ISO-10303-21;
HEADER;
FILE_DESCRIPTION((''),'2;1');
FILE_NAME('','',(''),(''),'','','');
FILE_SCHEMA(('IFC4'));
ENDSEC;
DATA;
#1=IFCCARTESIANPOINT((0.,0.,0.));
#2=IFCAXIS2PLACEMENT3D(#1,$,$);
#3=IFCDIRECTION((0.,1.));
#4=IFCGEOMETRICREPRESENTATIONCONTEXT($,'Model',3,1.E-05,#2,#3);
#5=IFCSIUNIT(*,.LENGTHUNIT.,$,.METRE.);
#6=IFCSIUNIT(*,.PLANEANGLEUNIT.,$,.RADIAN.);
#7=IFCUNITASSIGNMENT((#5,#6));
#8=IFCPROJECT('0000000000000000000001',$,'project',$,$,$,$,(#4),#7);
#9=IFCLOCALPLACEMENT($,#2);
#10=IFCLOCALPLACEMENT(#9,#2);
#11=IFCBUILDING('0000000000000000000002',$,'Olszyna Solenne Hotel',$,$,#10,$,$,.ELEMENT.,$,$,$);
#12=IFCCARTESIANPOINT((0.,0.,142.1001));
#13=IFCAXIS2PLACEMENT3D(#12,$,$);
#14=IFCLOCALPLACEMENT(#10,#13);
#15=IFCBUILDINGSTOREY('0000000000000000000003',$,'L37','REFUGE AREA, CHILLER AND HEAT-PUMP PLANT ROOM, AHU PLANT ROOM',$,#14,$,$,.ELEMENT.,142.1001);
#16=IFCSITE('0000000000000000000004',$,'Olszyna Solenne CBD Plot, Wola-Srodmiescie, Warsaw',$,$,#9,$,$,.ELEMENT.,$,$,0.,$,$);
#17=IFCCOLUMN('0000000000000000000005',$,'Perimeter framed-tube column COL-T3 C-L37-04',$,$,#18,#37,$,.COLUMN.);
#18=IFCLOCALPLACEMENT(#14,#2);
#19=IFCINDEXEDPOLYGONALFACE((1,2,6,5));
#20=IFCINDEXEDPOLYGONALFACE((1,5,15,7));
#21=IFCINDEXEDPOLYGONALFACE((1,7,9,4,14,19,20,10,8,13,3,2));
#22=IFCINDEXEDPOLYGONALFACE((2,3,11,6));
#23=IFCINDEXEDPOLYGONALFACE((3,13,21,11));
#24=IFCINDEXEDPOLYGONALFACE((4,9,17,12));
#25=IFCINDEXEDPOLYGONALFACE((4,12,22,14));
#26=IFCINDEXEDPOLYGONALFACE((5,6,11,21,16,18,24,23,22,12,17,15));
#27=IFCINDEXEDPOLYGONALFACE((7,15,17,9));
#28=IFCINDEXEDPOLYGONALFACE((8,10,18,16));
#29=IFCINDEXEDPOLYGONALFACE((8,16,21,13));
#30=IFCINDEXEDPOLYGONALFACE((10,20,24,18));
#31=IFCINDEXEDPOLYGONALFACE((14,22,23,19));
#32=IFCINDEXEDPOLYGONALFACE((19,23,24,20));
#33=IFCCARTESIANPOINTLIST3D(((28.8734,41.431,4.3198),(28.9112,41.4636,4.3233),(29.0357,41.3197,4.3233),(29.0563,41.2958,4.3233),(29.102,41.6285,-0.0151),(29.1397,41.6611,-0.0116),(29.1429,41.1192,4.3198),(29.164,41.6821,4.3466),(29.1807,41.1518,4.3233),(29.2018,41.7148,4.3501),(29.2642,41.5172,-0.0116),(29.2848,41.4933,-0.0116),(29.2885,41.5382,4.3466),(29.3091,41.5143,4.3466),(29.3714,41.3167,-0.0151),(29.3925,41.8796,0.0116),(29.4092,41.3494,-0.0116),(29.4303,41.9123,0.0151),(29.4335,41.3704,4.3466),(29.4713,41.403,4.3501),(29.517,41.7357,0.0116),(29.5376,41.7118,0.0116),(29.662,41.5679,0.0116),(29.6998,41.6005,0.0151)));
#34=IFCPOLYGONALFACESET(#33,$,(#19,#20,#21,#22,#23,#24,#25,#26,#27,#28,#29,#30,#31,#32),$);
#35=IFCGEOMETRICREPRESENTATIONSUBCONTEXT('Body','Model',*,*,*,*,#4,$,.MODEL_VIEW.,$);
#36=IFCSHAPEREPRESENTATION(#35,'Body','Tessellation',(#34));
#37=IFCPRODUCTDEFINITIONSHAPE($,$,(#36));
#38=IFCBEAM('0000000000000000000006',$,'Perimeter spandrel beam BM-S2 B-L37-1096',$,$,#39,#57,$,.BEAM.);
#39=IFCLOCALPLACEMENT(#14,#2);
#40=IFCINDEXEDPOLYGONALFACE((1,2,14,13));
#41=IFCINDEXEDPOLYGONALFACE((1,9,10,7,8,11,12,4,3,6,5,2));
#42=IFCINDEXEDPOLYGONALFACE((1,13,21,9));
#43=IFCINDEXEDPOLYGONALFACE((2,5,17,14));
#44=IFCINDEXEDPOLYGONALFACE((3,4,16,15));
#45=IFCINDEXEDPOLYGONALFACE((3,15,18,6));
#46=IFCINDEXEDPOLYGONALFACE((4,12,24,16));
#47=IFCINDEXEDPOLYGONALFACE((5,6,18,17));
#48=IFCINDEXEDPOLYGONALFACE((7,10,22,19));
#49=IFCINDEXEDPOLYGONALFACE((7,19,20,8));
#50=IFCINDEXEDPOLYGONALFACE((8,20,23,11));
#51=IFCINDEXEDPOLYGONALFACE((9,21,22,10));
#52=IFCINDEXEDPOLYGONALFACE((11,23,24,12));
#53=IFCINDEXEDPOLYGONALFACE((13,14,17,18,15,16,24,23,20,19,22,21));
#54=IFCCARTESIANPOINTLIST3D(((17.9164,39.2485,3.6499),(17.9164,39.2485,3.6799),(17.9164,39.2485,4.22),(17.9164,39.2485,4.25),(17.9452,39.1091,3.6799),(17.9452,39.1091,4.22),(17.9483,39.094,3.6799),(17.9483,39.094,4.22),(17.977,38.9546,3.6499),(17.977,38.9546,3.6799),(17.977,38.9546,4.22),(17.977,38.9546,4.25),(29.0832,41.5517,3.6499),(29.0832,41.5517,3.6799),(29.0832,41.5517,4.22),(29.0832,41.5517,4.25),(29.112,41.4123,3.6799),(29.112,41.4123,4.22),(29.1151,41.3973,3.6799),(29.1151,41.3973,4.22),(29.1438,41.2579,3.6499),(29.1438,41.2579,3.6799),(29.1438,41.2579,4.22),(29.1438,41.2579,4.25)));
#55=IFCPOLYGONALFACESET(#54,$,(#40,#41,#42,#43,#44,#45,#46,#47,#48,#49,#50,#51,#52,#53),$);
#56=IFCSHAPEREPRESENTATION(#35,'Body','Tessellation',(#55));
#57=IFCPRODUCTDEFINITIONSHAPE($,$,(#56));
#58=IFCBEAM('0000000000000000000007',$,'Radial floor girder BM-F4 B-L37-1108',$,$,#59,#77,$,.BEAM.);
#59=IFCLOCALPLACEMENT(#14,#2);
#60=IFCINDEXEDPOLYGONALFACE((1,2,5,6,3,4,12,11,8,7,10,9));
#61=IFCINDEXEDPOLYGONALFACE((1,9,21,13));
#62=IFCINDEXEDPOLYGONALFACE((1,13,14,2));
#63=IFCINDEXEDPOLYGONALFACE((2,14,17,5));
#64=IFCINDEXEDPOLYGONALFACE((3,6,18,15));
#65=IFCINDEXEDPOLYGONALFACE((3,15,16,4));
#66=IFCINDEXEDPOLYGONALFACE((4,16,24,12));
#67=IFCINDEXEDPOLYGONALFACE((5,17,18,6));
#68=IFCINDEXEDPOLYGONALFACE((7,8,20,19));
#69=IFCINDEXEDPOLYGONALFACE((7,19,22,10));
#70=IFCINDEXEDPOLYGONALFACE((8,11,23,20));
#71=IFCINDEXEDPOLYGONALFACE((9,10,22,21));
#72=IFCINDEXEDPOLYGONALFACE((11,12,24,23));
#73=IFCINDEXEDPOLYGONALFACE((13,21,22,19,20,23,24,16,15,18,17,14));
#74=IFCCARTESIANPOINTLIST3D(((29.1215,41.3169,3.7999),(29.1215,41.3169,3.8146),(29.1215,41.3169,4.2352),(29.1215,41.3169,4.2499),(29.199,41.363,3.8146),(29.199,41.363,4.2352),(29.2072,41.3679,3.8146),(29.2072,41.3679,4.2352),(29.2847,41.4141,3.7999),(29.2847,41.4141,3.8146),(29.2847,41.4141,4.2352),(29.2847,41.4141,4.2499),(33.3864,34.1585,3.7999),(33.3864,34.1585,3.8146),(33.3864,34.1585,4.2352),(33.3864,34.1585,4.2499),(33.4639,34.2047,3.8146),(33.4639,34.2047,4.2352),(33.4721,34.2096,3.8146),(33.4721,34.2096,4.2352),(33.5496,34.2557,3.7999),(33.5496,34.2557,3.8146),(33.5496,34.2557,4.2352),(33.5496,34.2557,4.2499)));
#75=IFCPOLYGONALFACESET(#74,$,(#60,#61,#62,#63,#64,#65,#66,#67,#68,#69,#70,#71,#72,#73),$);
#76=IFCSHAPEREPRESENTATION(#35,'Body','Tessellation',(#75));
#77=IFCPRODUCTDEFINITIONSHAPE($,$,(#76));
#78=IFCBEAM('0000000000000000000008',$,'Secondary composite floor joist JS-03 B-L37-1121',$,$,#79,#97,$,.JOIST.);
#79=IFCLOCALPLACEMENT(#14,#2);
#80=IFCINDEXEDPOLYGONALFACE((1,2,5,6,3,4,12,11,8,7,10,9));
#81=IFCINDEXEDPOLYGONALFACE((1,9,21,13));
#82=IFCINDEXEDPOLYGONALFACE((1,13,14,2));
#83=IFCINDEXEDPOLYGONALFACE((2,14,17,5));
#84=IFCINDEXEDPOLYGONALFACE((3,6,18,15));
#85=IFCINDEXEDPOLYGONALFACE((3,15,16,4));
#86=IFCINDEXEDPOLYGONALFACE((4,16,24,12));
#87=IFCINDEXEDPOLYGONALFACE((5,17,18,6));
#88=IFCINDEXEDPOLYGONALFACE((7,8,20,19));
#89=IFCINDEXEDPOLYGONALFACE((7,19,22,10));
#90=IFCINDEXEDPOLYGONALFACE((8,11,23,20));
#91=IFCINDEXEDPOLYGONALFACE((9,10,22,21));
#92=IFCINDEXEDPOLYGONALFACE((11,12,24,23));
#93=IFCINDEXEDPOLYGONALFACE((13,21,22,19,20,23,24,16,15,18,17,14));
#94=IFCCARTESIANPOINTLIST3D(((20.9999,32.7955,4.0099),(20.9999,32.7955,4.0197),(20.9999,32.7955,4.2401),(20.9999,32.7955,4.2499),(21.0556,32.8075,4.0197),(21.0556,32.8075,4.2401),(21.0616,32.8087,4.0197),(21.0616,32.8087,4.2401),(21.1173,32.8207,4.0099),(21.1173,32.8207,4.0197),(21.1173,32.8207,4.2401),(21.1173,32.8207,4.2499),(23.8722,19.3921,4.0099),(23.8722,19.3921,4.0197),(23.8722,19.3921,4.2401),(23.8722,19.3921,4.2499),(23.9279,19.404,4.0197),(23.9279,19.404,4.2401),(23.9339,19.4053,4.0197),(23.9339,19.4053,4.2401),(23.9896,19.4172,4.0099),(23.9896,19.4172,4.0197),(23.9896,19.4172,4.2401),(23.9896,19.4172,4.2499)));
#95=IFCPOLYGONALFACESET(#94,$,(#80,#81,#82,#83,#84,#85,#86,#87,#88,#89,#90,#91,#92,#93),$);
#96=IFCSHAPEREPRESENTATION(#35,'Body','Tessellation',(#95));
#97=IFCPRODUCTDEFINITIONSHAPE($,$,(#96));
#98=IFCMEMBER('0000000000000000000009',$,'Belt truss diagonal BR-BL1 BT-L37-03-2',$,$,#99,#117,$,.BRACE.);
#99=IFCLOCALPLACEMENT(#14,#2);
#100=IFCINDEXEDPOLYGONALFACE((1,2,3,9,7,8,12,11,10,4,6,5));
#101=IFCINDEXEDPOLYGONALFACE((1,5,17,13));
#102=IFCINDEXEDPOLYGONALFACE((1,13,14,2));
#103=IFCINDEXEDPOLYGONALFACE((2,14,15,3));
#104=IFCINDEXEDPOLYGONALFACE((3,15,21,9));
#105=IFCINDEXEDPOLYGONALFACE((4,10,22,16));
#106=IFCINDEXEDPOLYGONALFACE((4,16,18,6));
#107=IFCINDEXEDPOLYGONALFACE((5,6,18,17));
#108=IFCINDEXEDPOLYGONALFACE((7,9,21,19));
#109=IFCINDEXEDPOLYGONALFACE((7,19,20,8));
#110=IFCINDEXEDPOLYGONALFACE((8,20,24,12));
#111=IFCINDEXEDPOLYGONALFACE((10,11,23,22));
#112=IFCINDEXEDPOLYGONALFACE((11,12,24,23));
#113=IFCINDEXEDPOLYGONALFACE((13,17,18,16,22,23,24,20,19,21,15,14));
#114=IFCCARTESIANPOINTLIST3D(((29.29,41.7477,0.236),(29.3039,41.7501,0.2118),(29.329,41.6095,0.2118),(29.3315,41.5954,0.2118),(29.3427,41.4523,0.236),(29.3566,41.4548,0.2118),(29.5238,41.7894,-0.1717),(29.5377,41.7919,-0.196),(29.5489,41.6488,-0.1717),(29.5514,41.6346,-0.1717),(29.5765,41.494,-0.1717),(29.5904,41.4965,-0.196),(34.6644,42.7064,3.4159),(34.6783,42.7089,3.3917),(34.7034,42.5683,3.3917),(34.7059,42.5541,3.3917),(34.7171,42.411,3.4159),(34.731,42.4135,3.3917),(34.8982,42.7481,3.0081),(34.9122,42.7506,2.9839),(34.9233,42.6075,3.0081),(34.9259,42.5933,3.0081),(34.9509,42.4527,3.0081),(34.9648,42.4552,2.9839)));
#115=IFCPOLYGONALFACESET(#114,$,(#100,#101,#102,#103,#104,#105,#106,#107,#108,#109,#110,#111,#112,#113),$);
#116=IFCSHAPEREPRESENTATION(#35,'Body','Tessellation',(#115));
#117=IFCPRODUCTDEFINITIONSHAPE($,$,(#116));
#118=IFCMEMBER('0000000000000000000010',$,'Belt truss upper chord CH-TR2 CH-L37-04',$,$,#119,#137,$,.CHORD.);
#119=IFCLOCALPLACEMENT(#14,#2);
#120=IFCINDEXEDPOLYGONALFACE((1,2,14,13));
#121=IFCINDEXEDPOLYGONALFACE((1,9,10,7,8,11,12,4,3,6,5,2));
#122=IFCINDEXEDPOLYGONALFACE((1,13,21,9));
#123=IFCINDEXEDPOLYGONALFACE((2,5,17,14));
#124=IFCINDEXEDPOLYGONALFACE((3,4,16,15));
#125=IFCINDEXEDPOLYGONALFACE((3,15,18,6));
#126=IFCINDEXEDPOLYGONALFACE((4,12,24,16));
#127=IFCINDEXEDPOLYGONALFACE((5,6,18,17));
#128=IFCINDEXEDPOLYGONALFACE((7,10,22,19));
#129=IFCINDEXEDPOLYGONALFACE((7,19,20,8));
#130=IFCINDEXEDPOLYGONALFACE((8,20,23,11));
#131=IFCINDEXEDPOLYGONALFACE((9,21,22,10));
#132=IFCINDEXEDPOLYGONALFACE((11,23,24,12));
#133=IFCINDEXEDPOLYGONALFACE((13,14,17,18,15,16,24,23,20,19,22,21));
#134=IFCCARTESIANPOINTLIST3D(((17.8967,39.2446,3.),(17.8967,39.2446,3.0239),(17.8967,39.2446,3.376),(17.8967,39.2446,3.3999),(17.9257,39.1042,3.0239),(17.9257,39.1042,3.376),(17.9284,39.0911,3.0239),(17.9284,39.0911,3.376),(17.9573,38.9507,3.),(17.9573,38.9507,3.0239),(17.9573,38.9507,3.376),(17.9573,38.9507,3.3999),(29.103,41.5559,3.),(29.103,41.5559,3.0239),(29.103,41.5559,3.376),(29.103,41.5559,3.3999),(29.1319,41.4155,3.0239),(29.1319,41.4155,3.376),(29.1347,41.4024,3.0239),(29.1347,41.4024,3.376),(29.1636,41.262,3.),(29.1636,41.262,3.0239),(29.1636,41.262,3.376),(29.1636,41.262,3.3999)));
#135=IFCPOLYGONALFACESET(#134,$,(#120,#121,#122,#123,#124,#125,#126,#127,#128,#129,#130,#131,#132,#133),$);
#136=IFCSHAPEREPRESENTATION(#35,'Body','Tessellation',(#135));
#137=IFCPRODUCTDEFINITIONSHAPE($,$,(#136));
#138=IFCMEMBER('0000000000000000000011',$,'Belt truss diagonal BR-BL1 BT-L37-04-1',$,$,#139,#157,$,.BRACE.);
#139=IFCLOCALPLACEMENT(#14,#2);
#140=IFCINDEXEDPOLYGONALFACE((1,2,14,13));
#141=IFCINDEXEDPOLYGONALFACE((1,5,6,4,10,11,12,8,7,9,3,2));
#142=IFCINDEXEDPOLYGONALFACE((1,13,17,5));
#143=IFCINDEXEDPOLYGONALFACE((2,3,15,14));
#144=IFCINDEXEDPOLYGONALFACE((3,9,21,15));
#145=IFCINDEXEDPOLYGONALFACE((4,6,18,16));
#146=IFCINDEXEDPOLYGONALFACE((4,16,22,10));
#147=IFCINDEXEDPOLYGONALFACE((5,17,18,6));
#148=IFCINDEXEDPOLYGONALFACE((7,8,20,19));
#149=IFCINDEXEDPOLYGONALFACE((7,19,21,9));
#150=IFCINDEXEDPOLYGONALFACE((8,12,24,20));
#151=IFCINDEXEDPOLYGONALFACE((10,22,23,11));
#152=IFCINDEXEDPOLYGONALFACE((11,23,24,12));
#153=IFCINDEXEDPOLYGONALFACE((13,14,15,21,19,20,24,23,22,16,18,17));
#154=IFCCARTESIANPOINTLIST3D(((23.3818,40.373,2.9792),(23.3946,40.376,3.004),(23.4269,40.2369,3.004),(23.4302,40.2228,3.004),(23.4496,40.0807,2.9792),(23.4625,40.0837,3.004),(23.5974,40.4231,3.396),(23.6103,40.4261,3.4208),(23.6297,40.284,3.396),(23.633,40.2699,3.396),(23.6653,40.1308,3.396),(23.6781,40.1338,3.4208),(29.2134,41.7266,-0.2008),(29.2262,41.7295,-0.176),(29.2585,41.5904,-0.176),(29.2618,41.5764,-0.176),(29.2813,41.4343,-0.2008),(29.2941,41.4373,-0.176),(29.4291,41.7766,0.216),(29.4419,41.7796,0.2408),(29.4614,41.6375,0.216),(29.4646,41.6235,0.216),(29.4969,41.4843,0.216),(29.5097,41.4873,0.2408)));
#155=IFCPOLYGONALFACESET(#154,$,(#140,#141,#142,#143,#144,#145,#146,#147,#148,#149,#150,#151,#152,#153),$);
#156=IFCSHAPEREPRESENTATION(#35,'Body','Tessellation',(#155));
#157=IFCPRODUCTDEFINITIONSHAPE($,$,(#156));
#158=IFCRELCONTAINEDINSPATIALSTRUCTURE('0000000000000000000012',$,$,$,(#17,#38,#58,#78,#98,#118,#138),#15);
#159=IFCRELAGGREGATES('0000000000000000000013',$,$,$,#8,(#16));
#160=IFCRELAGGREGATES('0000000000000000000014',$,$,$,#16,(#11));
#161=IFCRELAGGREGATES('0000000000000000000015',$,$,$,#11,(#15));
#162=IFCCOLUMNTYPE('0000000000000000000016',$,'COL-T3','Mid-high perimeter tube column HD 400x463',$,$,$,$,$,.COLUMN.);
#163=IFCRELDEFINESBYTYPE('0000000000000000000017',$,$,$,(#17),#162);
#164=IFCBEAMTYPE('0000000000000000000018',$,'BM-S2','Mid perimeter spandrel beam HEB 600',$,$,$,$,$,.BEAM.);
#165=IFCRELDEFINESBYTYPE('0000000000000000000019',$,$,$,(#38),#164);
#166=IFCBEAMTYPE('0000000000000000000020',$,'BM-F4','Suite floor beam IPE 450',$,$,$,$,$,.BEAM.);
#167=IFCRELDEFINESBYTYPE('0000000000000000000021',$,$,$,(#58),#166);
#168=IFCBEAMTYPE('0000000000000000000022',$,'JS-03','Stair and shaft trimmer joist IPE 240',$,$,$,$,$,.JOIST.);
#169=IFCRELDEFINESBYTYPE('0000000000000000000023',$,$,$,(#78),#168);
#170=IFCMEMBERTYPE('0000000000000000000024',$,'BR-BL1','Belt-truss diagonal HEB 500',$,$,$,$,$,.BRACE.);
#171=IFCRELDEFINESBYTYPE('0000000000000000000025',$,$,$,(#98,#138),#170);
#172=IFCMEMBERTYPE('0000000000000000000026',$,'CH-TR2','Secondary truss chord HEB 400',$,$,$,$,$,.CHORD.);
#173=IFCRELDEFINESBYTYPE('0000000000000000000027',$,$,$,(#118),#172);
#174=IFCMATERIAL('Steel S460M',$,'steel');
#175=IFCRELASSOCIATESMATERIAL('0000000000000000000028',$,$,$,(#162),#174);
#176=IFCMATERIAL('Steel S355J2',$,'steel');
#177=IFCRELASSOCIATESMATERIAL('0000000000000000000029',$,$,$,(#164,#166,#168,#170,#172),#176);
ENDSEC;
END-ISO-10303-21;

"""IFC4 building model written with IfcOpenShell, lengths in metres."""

from ifc_helpers import new_model, si_unit, direction, frame, origin, origin_2d, place, context, subcontext, project, spatial, i_section, extrude, source, transform, mapped, material, material_profile, profile_set, type_object, element, save


model = new_model("IFC4")

# Units and contexts
model_context = context("Model", 3, precision=1e-05, world=origin(), true_north=direction((0.0, 1.0)))
body_context = subcontext(model_context, "Body", "Model", "MODEL_VIEW")
ifc_project = project(units=[si_unit("LENGTHUNIT", "METRE"), si_unit("PLANEANGLEUNIT", "RADIAN")], contexts=[model_context])

# Site, building, storey
site_placement = place(None, origin())
site = spatial("IfcSite", under=ifc_project, at=site_placement, Name="Olszyna Solenne CBD Plot, Wola-Srodmiescie, Warsaw", CompositionType="ELEMENT", RefElevation=0.0)
building_placement = place(site_placement, origin())
building = spatial("IfcBuilding", under=site, at=building_placement, Name="Olszyna Solenne Hotel", CompositionType="ELEMENT")
storey_placement = place(building_placement, frame((0.0, 0.0, 142.1001)))
storey = spatial("IfcBuildingStorey", under=building, at=storey_placement, Name="L37", Description="REFUGE AREA, CHILLER AND HEAT-PUMP PLANT ROOM, AHU PLANT ROOM", CompositionType="ELEMENT", Elevation=142.1001)

# Column
ifc_material_1 = material(Name="Steel S460M", Category="steel")
ifc_material_profile_1 = material_profile(ifc_material_1, i_section(OverallWidth=0.4121, OverallDepth=0.4351, WebThickness=0.0315, FlangeThickness=0.05, at=origin_2d()), Name="HD 400x463", Category="load-bearing")
ifc_profile_set_1 = profile_set([ifc_material_profile_1], Name="Steel S460M")
column_type = type_object("IfcColumnType", Name="COL-T3", Description="Mid-high perimeter tube column HD 400x463", PredefinedType="COLUMN", material=ifc_profile_set_1)
shared_shape_1 = source(origin(), body_context, "Body", "SweptSolid", [
    extrude(i_section(OverallWidth=0.4121, OverallDepth=0.4351, WebThickness=0.0315, FlangeThickness=0.05, at=origin_2d()), origin(), (0.0, 0.0, 1.0), 4.3455),
])
column_placement = place(storey_placement, frame((29.4009, 41.6145, 0.0), z_axis=(-0.052587, -0.045452, 0.997581), x_axis=(0.653914, -0.756569, 0.0)))
element("IfcColumn", 1, at=column_placement, inside=storey, type_object=column_type, Name="Perimeter framed-tube column COL-T3 C-L37-04", PredefinedType="COLUMN", context=body_context, shape_type="MappedRepresentation", body=[
    mapped(shared_shape_1, transform((0.0, 0.0, 0.0), x_axis=(1.0, 0.0, 0.0), y_axis=(0.0, 1.0, 0.0), z_axis=(0.0, 0.0, 1.0), scale=1.0)),
])

# Beams
ifc_material_2 = material(Name="Steel S355J2", Category="steel")
ifc_material_profile_2 = material_profile(ifc_material_2, i_section(OverallWidth=0.3, OverallDepth=0.6001, WebThickness=0.0154, FlangeThickness=0.03, at=origin_2d()), Name="HEB 600", Category="load-bearing")
ifc_profile_set_2 = profile_set([ifc_material_profile_2], Name="Steel S355J2")
beam_type_1 = type_object("IfcBeamType", Name="BM-S2", Description="Mid perimeter spandrel beam HEB 600", PredefinedType="BEAM", material=ifc_profile_set_2)
shared_shape_2 = source(origin(), body_context, "Body", "SweptSolid", [
    extrude(i_section(OverallWidth=0.3, OverallDepth=0.6001, WebThickness=0.0154, FlangeThickness=0.03, at=origin_2d()), origin(), (0.0, 0.0, 1.0), 11.4019),
])
beam_1_placement = place(storey_placement, frame((29.1135, 41.4048, 3.95), z_axis=(-0.979384, -0.202005, 0.0), x_axis=(0.202005, -0.979384, 0.0)))
element("IfcBeam", 2, at=beam_1_placement, inside=storey, type_object=beam_type_1, Name="Perimeter spandrel beam BM-S2 B-L37-1096", PredefinedType="BEAM", context=body_context, shape_type="MappedRepresentation", body=[
    mapped(shared_shape_2, transform((0.0, 0.0, 0.0), x_axis=(1.0, 0.0, 0.0), y_axis=(0.0, 1.0, 0.0), z_axis=(0.0, 0.0, 1.0), scale=1.0)),
])
ifc_material_profile_3 = material_profile(ifc_material_2, i_section(OverallWidth=0.1899, OverallDepth=0.45, WebThickness=0.0095, FlangeThickness=0.0146, at=origin_2d()), Name="IPE 450", Category="load-bearing")
ifc_profile_set_3 = profile_set([ifc_material_profile_3], Name="Steel S355J2")
beam_type_2 = type_object("IfcBeamType", Name="BM-F4", Description="Suite floor beam IPE 450", PredefinedType="BEAM", material=ifc_profile_set_3)
shared_shape_3 = source(origin(), body_context, "Body", "SweptSolid", [
    extrude(i_section(OverallWidth=0.1899, OverallDepth=0.45, WebThickness=0.0095, FlangeThickness=0.0146, at=origin_2d()), origin(), (0.0, 0.0, 1.0), 8.3325),
])
beam_2_placement = place(storey_placement, frame((29.2031, 41.3655, 4.0249), z_axis=(0.51183, -0.859086, 0.0), x_axis=(0.859086, 0.51183, 0.0)))
element("IfcBeam", 3, at=beam_2_placement, inside=storey, type_object=beam_type_2, Name="Radial floor girder BM-F4 B-L37-1108", PredefinedType="BEAM", context=body_context, shape_type="MappedRepresentation", body=[
    mapped(shared_shape_3, transform((0.0, 0.0, 0.0), x_axis=(1.0, 0.0, 0.0), y_axis=(0.0, 1.0, 0.0), z_axis=(0.0, 0.0, 1.0), scale=1.0)),
])
ifc_material_profile_4 = material_profile(ifc_material_2, i_section(OverallWidth=0.1201, OverallDepth=0.24, WebThickness=0.0061, FlangeThickness=0.0098, at=origin_2d()), Name="IPE 240", Category="load-bearing")
ifc_profile_set_4 = profile_set([ifc_material_profile_4], Name="Steel S355J2")
beam_type_3 = type_object("IfcBeamType", Name="JS-03", Description="Stair and shaft trimmer joist IPE 240", PredefinedType="JOIST", material=ifc_profile_set_4)
shared_shape_4 = source(origin(), body_context, "Body", "SweptSolid", [
    extrude(i_section(OverallWidth=0.1201, OverallDepth=0.24, WebThickness=0.0061, FlangeThickness=0.0098, at=origin_2d()), origin(), (0.0, 0.0, 1.0), 13.7078),
])
beam_3_placement = place(storey_placement, frame((21.0586, 32.8081, 4.1299), z_axis=(0.209538, -0.977801, 0.0), x_axis=(0.977801, 0.209538, 0.0)))
element("IfcBeam", 4, at=beam_3_placement, inside=storey, type_object=beam_type_3, Name="Secondary composite floor joist JS-03 B-L37-1121", PredefinedType="JOIST", context=body_context, shape_type="MappedRepresentation", body=[
    mapped(shared_shape_4, transform((0.0, 0.0, 0.0), x_axis=(1.0, 0.0, 0.0), y_axis=(0.0, 1.0, 0.0), z_axis=(0.0, 0.0, 1.0), scale=1.0)),
])

# Members
ifc_material_profile_5 = material_profile(ifc_material_2, i_section(OverallWidth=0.3, OverallDepth=0.5, WebThickness=0.0144, FlangeThickness=0.0281, at=origin_2d()), Name="HEB 500", Category="load-bearing")
ifc_profile_set_5 = profile_set([ifc_material_profile_5], Name="Steel S355J2")
member_type_1 = type_object("IfcMemberType", Name="BR-BL1", Description="Belt-truss diagonal HEB 500", PredefinedType="BRACE", material=ifc_profile_set_5)
shared_shape_5 = source(origin(), body_context, "Body", "SweptSolid", [
    extrude(i_section(OverallWidth=0.3, OverallDepth=0.5, WebThickness=0.0144, FlangeThickness=0.0281, at=origin_2d()), origin(), (0.0, 0.0, 1.0), 6.3179),
])
member_1_placement = place(storey_placement, frame((29.4402, 41.6221, 0.02), z_axis=(0.850673, 0.151749, 0.503317), x_axis=(-0.175614, 0.984459, 0.0)))
element("IfcMember", 5, at=member_1_placement, inside=storey, type_object=member_type_1, Name="Belt truss diagonal BR-BL1 BT-L37-03-2", PredefinedType="BRACE", context=body_context, shape_type="MappedRepresentation", body=[
    mapped(shared_shape_5, transform((0.0, 0.0, 0.0), x_axis=(1.0, 0.0, 0.0), y_axis=(0.0, 1.0, 0.0), z_axis=(0.0, 0.0, 1.0), scale=1.0)),
])
ifc_material_profile_6 = material_profile(ifc_material_2, i_section(OverallWidth=0.3, OverallDepth=0.3999, WebThickness=0.0134, FlangeThickness=0.0239, at=origin_2d()), Name="HEB 400", Category="load-bearing")
ifc_profile_set_6 = profile_set([ifc_material_profile_6], Name="Steel S355J2")
member_type_2 = type_object("IfcMemberType", Name="CH-TR2", Description="Secondary truss chord HEB 400", PredefinedType="CHORD", material=ifc_profile_set_6)
shared_shape_6 = source(origin(), body_context, "Body", "SweptSolid", [
    extrude(i_section(OverallWidth=0.3, OverallDepth=0.3999, WebThickness=0.0134, FlangeThickness=0.0239, at=origin_2d()), origin(), (0.0, 0.0, 1.0), 11.4421),
])
member_2_placement = place(storey_placement, frame((29.1333, 41.4089, 3.2), z_axis=(-0.979386, -0.201997, 0.0), x_axis=(0.201997, -0.979386, 0.0)))
element("IfcMember", 6, at=member_2_placement, inside=storey, type_object=member_type_2, Name="Belt truss upper chord CH-TR2 CH-L37-04", PredefinedType="CHORD", context=body_context, shape_type="MappedRepresentation", body=[
    mapped(shared_shape_6, transform((0.0, 0.0, 0.0), x_axis=(1.0, 0.0, 0.0), y_axis=(0.0, 1.0, 0.0), z_axis=(0.0, 0.0, 1.0), scale=1.0)),
])
shared_shape_7 = source(origin(), body_context, "Body", "SweptSolid", [
    extrude(i_section(OverallWidth=0.3, OverallDepth=0.5, WebThickness=0.0144, FlangeThickness=0.0281, at=origin_2d()), origin(), (0.0, 0.0, 1.0), 6.7788),
])
member_3_placement = place(storey_placement, frame((29.3616, 41.6069, 0.02), z_axis=(-0.860274, -0.199672, 0.469106), x_axis=(0.226092, -0.974106, 0.0)))
element("IfcMember", 7, at=member_3_placement, inside=storey, type_object=member_type_1, Name="Belt truss diagonal BR-BL1 BT-L37-04-1", PredefinedType="BRACE", context=body_context, shape_type="MappedRepresentation", body=[
    mapped(shared_shape_7, transform((0.0, 0.0, 0.0), x_axis=(1.0, 0.0, 0.0), y_axis=(0.0, 1.0, 0.0), z_axis=(0.0, 0.0, 1.0), scale=1.0)),
])

save(model, "model.ifc")
